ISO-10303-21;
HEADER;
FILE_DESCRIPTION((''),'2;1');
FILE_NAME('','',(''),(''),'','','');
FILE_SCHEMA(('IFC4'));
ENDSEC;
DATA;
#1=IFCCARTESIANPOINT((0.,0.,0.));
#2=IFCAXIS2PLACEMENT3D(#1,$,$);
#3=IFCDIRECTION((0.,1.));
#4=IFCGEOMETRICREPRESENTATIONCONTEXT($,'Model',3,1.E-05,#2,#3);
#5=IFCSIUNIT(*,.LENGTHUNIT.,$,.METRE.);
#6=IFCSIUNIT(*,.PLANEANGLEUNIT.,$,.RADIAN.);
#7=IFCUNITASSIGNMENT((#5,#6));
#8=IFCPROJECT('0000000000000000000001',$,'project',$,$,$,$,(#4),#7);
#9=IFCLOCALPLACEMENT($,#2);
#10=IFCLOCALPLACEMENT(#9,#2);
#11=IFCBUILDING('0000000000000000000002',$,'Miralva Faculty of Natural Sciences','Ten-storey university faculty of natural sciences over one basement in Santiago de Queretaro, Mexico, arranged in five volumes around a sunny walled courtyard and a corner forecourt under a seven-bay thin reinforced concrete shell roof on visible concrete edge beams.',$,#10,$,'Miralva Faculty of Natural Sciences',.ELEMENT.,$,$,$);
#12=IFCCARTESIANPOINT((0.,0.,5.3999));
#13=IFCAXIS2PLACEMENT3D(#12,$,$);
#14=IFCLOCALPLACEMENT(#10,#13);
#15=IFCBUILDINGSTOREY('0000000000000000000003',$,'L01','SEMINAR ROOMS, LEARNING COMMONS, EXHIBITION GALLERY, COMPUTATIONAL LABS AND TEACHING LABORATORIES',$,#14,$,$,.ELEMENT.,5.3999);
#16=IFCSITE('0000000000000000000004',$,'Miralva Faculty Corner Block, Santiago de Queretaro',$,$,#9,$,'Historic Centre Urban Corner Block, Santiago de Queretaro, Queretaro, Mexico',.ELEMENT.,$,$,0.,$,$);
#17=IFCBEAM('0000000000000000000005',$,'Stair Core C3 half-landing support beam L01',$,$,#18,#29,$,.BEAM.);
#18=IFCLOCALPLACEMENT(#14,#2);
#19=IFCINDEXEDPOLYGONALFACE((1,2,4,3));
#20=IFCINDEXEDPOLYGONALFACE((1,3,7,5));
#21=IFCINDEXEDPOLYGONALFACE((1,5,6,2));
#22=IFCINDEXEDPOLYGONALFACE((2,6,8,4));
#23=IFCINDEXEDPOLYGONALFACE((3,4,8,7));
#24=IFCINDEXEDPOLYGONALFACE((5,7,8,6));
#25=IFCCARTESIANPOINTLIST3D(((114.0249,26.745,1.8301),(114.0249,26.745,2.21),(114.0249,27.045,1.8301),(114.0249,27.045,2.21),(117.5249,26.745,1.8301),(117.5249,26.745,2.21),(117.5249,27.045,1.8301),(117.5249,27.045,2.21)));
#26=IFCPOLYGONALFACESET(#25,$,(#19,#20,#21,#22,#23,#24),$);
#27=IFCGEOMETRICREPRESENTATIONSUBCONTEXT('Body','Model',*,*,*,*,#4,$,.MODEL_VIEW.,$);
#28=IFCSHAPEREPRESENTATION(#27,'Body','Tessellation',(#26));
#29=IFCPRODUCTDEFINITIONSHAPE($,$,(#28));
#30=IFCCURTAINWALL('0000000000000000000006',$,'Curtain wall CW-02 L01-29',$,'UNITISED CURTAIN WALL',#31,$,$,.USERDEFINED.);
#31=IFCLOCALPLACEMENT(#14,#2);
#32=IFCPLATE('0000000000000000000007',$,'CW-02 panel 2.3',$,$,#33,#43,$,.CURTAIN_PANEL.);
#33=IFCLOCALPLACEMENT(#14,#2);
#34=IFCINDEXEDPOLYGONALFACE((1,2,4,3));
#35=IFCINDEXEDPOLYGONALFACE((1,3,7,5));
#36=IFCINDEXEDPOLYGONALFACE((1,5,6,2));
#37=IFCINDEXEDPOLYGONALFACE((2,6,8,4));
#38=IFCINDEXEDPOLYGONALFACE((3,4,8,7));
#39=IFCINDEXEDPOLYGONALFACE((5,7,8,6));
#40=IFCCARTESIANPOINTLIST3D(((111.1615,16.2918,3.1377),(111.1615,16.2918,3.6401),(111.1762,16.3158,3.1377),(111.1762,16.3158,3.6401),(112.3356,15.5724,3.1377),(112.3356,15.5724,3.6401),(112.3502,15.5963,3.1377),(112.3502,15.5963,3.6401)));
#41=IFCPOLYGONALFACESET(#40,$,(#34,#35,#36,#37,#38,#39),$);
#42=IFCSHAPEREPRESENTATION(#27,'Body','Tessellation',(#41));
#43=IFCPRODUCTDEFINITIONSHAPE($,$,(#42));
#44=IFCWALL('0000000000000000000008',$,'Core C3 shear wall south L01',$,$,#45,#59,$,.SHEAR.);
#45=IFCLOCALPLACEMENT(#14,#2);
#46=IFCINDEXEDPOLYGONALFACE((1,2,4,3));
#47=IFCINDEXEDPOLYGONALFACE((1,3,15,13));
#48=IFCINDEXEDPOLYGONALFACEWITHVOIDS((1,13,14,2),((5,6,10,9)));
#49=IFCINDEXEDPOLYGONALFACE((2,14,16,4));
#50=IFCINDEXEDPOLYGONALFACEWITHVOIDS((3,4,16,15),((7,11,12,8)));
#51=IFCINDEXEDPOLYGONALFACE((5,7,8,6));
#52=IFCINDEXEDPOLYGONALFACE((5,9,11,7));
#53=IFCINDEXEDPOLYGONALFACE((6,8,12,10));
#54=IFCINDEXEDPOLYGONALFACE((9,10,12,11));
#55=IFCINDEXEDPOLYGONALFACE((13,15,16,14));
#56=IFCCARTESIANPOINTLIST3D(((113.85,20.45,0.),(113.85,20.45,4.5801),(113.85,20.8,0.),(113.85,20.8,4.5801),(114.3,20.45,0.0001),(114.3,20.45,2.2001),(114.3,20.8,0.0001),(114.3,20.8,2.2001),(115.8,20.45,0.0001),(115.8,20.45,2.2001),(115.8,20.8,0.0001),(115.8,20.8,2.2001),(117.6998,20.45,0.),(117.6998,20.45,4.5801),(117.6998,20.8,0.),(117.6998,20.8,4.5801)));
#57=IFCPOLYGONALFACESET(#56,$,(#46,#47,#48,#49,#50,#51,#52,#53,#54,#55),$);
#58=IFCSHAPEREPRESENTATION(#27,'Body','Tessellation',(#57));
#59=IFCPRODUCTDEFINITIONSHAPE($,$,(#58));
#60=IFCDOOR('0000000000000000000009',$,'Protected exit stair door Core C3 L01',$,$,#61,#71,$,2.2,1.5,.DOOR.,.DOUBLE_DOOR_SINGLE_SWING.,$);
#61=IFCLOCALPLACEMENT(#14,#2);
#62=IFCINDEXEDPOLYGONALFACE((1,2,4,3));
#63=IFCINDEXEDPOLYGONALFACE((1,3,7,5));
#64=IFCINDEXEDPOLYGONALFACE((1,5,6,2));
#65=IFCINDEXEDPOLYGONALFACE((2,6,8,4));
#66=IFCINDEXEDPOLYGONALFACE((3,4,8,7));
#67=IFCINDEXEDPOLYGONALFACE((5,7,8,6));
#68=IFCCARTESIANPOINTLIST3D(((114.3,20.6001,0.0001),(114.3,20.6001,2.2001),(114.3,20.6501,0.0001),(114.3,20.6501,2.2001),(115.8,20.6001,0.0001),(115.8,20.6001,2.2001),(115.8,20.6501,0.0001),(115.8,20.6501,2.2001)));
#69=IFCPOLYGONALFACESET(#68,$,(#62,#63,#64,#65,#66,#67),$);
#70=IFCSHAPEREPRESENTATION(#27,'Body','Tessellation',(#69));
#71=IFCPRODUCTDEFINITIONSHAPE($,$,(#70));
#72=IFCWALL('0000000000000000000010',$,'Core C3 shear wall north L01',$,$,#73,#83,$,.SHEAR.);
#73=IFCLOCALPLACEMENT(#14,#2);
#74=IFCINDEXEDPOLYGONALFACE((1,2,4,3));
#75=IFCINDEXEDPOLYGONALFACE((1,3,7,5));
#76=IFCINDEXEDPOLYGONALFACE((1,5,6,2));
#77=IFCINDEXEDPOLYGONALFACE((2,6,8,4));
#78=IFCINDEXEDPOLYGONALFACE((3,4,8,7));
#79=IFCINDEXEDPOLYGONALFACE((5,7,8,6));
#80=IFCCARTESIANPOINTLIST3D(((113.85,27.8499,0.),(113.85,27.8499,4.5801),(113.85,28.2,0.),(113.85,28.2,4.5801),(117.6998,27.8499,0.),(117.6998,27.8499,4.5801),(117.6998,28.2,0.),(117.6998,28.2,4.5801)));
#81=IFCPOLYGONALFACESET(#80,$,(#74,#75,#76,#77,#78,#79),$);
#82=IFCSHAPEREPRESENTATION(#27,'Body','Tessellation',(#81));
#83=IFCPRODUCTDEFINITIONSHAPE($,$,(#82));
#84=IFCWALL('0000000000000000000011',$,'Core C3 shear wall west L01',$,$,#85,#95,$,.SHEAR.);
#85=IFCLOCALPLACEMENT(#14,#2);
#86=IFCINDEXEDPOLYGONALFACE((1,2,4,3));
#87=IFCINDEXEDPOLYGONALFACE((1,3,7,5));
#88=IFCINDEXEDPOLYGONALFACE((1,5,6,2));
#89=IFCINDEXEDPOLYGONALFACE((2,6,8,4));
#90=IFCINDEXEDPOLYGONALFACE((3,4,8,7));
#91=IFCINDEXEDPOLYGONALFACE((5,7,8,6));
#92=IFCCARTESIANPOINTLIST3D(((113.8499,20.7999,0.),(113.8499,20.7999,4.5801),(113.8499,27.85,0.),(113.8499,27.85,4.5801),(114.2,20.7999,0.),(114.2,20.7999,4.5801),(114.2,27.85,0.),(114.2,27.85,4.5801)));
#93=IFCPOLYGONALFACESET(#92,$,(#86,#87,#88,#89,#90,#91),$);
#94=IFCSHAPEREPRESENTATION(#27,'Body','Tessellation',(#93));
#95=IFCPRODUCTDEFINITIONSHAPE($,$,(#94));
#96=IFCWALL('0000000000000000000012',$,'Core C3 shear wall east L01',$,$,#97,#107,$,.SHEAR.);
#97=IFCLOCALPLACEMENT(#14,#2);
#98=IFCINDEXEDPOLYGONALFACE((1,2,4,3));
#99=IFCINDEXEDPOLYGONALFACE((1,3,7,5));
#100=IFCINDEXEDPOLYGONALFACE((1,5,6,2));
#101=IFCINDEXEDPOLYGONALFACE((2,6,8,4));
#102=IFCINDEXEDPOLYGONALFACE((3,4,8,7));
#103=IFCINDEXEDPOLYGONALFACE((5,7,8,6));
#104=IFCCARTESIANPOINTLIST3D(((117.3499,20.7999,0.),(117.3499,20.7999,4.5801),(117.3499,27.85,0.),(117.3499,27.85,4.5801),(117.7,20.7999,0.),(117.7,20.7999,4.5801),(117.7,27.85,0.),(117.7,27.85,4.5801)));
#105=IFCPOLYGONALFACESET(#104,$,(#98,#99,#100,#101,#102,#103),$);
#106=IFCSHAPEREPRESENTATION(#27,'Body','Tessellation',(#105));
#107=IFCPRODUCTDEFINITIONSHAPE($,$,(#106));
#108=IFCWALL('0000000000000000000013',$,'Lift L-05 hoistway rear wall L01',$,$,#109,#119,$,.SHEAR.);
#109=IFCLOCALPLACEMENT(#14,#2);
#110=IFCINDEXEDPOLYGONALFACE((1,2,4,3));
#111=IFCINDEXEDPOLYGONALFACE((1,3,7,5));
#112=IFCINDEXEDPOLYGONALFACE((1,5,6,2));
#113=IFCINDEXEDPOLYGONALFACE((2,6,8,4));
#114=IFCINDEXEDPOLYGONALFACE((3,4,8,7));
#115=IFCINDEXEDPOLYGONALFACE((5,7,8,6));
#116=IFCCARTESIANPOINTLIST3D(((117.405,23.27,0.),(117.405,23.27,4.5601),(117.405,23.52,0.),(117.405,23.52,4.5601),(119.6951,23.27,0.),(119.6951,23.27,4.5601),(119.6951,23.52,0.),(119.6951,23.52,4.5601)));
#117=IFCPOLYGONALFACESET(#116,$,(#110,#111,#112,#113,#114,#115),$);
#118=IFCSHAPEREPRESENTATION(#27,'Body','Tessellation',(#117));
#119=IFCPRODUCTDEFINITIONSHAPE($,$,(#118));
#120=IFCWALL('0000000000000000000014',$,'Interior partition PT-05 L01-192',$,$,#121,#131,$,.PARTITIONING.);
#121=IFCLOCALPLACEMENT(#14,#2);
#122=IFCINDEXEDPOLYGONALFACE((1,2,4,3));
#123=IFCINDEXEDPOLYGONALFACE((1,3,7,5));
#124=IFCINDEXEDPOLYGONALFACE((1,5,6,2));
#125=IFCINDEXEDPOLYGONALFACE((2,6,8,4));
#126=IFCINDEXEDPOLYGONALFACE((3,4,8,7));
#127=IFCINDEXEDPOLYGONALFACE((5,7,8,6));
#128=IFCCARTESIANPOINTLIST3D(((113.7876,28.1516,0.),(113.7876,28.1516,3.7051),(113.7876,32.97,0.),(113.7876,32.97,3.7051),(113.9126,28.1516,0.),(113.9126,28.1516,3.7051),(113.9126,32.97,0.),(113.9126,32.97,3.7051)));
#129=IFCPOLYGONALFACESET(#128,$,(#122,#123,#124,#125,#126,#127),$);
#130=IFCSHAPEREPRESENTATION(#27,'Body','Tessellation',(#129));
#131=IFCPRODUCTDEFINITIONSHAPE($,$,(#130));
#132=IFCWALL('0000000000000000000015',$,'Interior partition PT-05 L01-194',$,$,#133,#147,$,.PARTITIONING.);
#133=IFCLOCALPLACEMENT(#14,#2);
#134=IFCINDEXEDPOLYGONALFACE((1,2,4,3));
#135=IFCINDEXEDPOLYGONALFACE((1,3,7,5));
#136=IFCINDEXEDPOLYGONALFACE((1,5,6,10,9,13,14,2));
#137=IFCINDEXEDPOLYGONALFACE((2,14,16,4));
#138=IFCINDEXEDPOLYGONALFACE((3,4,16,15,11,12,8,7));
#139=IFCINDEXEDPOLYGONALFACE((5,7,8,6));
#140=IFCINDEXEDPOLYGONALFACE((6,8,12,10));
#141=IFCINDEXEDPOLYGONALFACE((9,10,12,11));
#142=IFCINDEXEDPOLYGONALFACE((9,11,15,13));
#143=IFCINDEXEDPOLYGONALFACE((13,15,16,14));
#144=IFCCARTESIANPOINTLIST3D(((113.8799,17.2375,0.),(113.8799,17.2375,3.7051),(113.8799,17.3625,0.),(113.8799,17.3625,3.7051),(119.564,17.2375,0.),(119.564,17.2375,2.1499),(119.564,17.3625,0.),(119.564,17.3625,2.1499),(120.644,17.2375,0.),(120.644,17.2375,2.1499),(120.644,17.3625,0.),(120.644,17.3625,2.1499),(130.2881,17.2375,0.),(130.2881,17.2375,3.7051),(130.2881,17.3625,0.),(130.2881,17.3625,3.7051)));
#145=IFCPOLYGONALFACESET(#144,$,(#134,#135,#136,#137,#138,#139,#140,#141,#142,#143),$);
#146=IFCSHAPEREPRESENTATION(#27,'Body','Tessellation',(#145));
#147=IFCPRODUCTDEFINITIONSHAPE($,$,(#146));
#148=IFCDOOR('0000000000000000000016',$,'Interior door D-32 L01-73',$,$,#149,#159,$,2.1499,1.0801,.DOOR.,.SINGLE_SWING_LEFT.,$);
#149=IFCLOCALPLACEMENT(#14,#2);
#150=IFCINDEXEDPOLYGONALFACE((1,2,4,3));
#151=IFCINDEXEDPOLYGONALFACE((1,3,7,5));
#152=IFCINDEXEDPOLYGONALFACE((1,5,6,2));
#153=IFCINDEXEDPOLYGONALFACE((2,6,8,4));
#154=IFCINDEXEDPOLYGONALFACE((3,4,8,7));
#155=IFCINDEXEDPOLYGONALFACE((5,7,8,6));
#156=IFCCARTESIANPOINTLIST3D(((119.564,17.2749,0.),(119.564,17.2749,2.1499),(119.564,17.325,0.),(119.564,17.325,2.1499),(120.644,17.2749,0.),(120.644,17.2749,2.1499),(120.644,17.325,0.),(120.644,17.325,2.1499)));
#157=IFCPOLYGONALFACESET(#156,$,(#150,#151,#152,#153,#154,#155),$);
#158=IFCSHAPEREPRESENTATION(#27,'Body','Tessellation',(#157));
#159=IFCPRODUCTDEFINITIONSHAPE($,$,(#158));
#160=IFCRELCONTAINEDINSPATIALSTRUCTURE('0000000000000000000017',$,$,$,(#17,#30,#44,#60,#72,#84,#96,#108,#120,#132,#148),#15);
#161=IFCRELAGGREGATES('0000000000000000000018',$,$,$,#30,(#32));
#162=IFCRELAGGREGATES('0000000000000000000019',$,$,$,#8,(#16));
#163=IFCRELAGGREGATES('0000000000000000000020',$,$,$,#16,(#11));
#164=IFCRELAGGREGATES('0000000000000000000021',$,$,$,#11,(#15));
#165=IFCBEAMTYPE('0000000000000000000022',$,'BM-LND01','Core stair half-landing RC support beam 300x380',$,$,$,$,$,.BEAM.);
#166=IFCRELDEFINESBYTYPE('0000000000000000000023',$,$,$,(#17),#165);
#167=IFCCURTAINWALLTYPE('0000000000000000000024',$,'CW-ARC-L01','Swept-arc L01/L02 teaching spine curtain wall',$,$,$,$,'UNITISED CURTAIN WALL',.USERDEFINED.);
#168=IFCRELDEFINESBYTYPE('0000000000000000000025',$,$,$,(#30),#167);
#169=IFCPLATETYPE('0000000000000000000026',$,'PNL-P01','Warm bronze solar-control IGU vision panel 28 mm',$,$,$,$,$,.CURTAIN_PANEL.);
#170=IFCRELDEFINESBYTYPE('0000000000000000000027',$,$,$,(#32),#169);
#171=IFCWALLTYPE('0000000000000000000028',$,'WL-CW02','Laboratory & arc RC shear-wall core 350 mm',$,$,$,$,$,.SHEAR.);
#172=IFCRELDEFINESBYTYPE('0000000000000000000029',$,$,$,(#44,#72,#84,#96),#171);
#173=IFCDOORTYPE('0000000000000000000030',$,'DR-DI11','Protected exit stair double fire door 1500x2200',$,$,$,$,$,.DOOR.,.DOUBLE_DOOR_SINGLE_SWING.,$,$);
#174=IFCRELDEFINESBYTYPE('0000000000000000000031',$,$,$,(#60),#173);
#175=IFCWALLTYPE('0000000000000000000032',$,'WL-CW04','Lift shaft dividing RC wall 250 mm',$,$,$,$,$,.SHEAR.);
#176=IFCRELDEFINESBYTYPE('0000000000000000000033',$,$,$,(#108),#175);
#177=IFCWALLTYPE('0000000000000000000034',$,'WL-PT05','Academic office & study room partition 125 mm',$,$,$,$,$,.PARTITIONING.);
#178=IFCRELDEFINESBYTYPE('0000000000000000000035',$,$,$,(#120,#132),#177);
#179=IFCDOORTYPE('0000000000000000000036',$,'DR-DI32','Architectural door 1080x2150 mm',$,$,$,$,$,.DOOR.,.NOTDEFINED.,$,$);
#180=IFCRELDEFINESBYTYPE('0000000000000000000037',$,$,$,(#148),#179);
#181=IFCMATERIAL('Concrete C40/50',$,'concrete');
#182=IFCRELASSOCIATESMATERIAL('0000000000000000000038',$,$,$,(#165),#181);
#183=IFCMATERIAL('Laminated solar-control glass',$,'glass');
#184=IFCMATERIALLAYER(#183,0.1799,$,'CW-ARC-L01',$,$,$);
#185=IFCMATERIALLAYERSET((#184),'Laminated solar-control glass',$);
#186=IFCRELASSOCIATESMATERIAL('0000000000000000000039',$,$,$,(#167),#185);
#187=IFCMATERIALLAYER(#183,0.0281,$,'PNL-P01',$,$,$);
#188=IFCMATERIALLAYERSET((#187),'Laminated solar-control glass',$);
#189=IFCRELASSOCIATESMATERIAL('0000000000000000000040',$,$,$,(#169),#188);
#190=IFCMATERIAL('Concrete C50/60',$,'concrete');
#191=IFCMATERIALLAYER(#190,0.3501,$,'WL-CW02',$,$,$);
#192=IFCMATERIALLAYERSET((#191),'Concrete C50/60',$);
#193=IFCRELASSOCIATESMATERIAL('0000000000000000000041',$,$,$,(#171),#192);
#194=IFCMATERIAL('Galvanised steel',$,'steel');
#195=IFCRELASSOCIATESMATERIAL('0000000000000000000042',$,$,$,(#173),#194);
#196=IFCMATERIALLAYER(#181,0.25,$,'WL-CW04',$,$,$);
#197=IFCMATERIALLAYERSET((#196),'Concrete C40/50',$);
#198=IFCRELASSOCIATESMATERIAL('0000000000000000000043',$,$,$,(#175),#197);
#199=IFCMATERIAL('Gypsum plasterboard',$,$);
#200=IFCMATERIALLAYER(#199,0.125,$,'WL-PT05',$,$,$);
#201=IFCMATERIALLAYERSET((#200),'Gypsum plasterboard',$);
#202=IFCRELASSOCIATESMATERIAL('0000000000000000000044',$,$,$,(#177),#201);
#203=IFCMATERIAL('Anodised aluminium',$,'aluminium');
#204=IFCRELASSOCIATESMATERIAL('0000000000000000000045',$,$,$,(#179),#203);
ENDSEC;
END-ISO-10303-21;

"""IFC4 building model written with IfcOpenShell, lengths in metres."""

from ifc_helpers import new_model, si_unit, direction, frame, frame_2d, origin, origin_2d, place, context, subcontext, project, spatial, rectangle, extrude, material, layer, layer_set, material_profile, profile_set, type_object, element, fill, aggregate, save


model = new_model("IFC4")

# Units and contexts
model_context = context("Model", 3, precision=1e-05, world=origin(), true_north=direction((0.0, 1.0)))
body_context = subcontext(model_context, "Body", "Model", "MODEL_VIEW")
ifc_project = project(units=[si_unit("LENGTHUNIT", "METRE"), si_unit("PLANEANGLEUNIT", "RADIAN")], contexts=[model_context])

# Site, building, storey
site_placement = place(None, origin())
site = spatial("IfcSite", under=ifc_project, at=site_placement, Name="Miralva Faculty Corner Block, Santiago de Queretaro", LongName="Historic Centre Urban Corner Block, Santiago de Queretaro, Queretaro, Mexico", CompositionType="ELEMENT", RefElevation=0.0)
building_placement = place(site_placement, origin())
building = spatial("IfcBuilding", under=site, at=building_placement, Name="Miralva Faculty of Natural Sciences", Description="Ten-storey university faculty of natural sciences over one basement in Santiago de Queretaro, Mexico, arranged in five volumes around a sunny walled courtyard and a corner forecourt under a seven-bay thin reinforced concrete shell roof on visible concrete edge beams.", LongName="Miralva Faculty of Natural Sciences", CompositionType="ELEMENT")
storey_placement = place(building_placement, frame((0.0, 0.0, 5.3999)))
storey = spatial("IfcBuildingStorey", under=building, at=storey_placement, Name="L01", Description="SEMINAR ROOMS, LEARNING COMMONS, EXHIBITION GALLERY, COMPUTATIONAL LABS AND TEACHING LABORATORIES", CompositionType="ELEMENT", Elevation=5.3999)

# Beam
ifc_material_1 = material(Name="Concrete C40/50", Category="concrete")
ifc_material_profile = material_profile(ifc_material_1, rectangle(XDim=0.3, YDim=0.3799, at=origin_2d()), Name="RC 300x380")
ifc_profile_set = profile_set([ifc_material_profile], Name="Concrete C40/50")
beam_type = type_object("IfcBeamType", Name="BM-LND01", Description="Core stair half-landing RC support beam 300x380", PredefinedType="BEAM", material=ifc_profile_set)
beam_placement = place(storey_placement, frame((114.0249, 26.895, 2.02), z_axis=(1.0, 0.0, 0.0), x_axis=(0.0, 1.0, 0.0)))
element("IfcBeam", 1, at=beam_placement, inside=storey, type_object=beam_type, Name="Stair Core C3 half-landing support beam L01", PredefinedType="BEAM", context=body_context, shape_type="SweptSolid", body=[
    extrude(rectangle(XDim=0.3, YDim=0.3799, at=origin_2d()), origin(), (0.0, 0.0, 1.0), 3.5),
])

# Curtain wall, plate
ifc_material_2 = material(Name="Laminated solar-control glass", Category="glass")
ifc_layer_1 = layer(ifc_material_2, 0.1799, Name="CW-ARC-L01")
ifc_layer_set_1 = layer_set([ifc_layer_1], Name="Laminated solar-control glass")
curtain_wall_type = type_object("IfcCurtainWallType", Name="CW-ARC-L01", Description="Swept-arc L01/L02 teaching spine curtain wall", ElementType="UNITISED CURTAIN WALL", PredefinedType="USERDEFINED", material=ifc_layer_set_1)
curtain_wall_placement = place(storey_placement, origin())
curtain_wall = element("IfcCurtainWall", 2, at=curtain_wall_placement, inside=storey, type_object=curtain_wall_type, Name="Curtain wall CW-02 L01-29", ObjectType="UNITISED CURTAIN WALL", PredefinedType="USERDEFINED")
ifc_layer_2 = layer(ifc_material_2, 0.0281, Name="PNL-P01")
ifc_layer_set_2 = layer_set([ifc_layer_2], Name="Laminated solar-control glass")
plate_type = type_object("IfcPlateType", Name="PNL-P01", Description="Warm bronze solar-control IGU vision panel 28 mm", PredefinedType="CURTAIN_PANEL", material=ifc_layer_set_2)
plate_placement = place(storey_placement, frame((111.7559, 15.9441, 3.1377), z_axis=(0.0, 0.0, 1.0), x_axis=(0.85265, -0.522483, 0.0)))
plate = element("IfcPlate", 3, at=plate_placement, type_object=plate_type, Name="CW-02 panel 2.3", PredefinedType="CURTAIN_PANEL", context=body_context, shape_type="SweptSolid", body=[
    extrude(rectangle(XDim=1.377, YDim=0.0281, at=origin_2d()), origin(), (0.0, 0.0, 1.0), 0.5024),
])
aggregate(curtain_wall, [plate])

# Wall, opening, door
ifc_material_3 = material(Name="Concrete C50/60", Category="concrete")
ifc_layer_3 = layer(ifc_material_3, 0.3501, Name="WL-CW02")
ifc_layer_set_3 = layer_set([ifc_layer_3], Name="Concrete C50/60")
wall_type_1 = type_object("IfcWallType", Name="WL-CW02", Description="Laboratory & arc RC shear-wall core 350 mm", PredefinedType="SHEAR", material=ifc_layer_set_3)
wall_1_placement = place(storey_placement, frame((113.8501, 20.625, 0.0), z_axis=(0.0, 0.0, 1.0), x_axis=(1.0, 0.0, 0.0)))
wall_1 = element("IfcWall", 4, at=wall_1_placement, inside=storey, type_object=wall_type_1, Name="Core C3 shear wall south L01", PredefinedType="SHEAR", context=body_context, shape_type="SweptSolid", body=[
    extrude(rectangle(XDim=3.8499, YDim=0.3501, at=frame_2d((1.9248, 0.0))), origin(), (0.0, 0.0, 1.0), 4.5801),
])
opening_1_placement = place(wall_1_placement, frame((0.45, 0.0, 0.0)))
opening_1 = element("IfcOpeningElement", 5, at=opening_1_placement, cuts=wall_1, PredefinedType="OPENING", context=body_context, shape_type="SweptSolid", body=[
    extrude(rectangle(XDim=1.5, YDim=2.2, at=frame_2d((0.75, 1.1001))), frame((0.0, 0.1851, 0.0), z_axis=(0.0, -1.0, 0.0), x_axis=(1.0, 0.0, 0.0)), (0.0, 0.0, 1.0), 0.3701),
])
ifc_material_4 = material(Name="Galvanised steel", Category="steel")
door_type_1 = type_object("IfcDoorType", Name="DR-DI11", Description="Protected exit stair double fire door 1500x2200", OperationType="DOUBLE_DOOR_SINGLE_SWING", PredefinedType="DOOR", material=ifc_material_4)
door_1_placement = place(opening_1_placement, frame((1.5, 0.0, 0.0), z_axis=(0.0, 0.0, 1.0), x_axis=(-1.0, 0.0, 0.0)))
door_1 = element("IfcDoor", 6, at=door_1_placement, inside=storey, type_object=door_type_1, Name="Protected exit stair door Core C3 L01", OperationType="DOUBLE_DOOR_SINGLE_SWING", OverallHeight=2.2, OverallWidth=1.5, PredefinedType="DOOR", context=body_context, shape_type="SweptSolid", body=[
    extrude(rectangle(XDim=1.5, YDim=2.2, at=frame_2d((0.75, 1.1001))), frame((0.0, 0.0249, 0.0), z_axis=(0.0, -1.0, 0.0), x_axis=(1.0, 0.0, 0.0)), (0.0, 0.0, 1.0), 0.05),
])
fill(opening_1, door_1)

# Walls
wall_2_placement = place(storey_placement, frame((113.8501, 28.0249, 0.0), z_axis=(0.0, 0.0, 1.0), x_axis=(1.0, 0.0, 0.0)))
element("IfcWall", 7, at=wall_2_placement, inside=storey, type_object=wall_type_1, Name="Core C3 shear wall north L01", PredefinedType="SHEAR", context=body_context, shape_type="SweptSolid", body=[
    extrude(rectangle(XDim=3.8499, YDim=0.3501, at=frame_2d((1.9248, 0.0))), origin(), (0.0, 0.0, 1.0), 4.5801),
])
for number, where, z_axis, x_axis, name in (
    (8, (114.0249, 20.8, 0.0), (0.0, 0.0, 1.0), (0.0, 1.0, 0.0), "Core C3 shear wall west L01"),
    (9, (117.5249, 20.8, 0.0), (0.0, 0.0, 1.0), (0.0, 1.0, 0.0), "Core C3 shear wall east L01"),
):
    element("IfcWall", number, at=place(storey_placement, frame(where, z_axis=z_axis, x_axis=x_axis)), inside=storey, type_object=wall_type_1, Name=name, PredefinedType="SHEAR", context=body_context, shape_type="SweptSolid", body=[
        extrude(rectangle(XDim=7.05, YDim=0.3501, at=frame_2d((3.5249, 0.0))), origin(), (0.0, 0.0, 1.0), 4.5801),
    ])

# Shared definitions
ifc_layer_4 = layer(ifc_material_1, 0.25, Name="WL-CW04")
ifc_layer_set_4 = layer_set([ifc_layer_4], Name="Concrete C40/50")
wall_type_2 = type_object("IfcWallType", Name="WL-CW04", Description="Lift shaft dividing RC wall 250 mm", PredefinedType="SHEAR", material=ifc_layer_set_4)

# Walls
wall_3_placement = place(storey_placement, frame((117.405, 23.395, 0.0), z_axis=(0.0, 0.0, 1.0), x_axis=(1.0, 0.0, 0.0)))
element("IfcWall", 10, at=wall_3_placement, inside=storey, type_object=wall_type_2, Name="Lift L-05 hoistway rear wall L01", PredefinedType="SHEAR", context=body_context, shape_type="SweptSolid", body=[
    extrude(rectangle(XDim=2.29, YDim=0.25, at=frame_2d((1.145, 0.0))), origin(), (0.0, 0.0, 1.0), 4.5601),
])
ifc_material_5 = material(Name="Gypsum plasterboard")
ifc_layer_5 = layer(ifc_material_5, 0.125, Name="WL-PT05")
ifc_layer_set_5 = layer_set([ifc_layer_5], Name="Gypsum plasterboard")
wall_type_3 = type_object("IfcWallType", Name="WL-PT05", Description="Academic office & study room partition 125 mm", PredefinedType="PARTITIONING", material=ifc_layer_set_5)
wall_4_placement = place(storey_placement, frame((113.8501, 28.1516, 0.0), z_axis=(0.0, 0.0, 1.0), x_axis=(0.0, 1.0, 0.0)))
element("IfcWall", 11, at=wall_4_placement, inside=storey, type_object=wall_type_3, Name="Interior partition PT-05 L01-192", PredefinedType="PARTITIONING", context=body_context, shape_type="SweptSolid", body=[
    extrude(rectangle(XDim=4.8184, YDim=0.125, at=frame_2d((2.4092, 0.0))), origin(), (0.0, 0.0, 1.0), 3.7051),
])

# Wall, opening, door
wall_5_placement = place(storey_placement, frame((113.8799, 17.3, 0.0), z_axis=(0.0, 0.0, 1.0), x_axis=(1.0, 0.0, 0.0)))
wall_5 = element("IfcWall", 12, at=wall_5_placement, inside=storey, type_object=wall_type_3, Name="Interior partition PT-05 L01-194", PredefinedType="PARTITIONING", context=body_context, shape_type="SweptSolid", body=[
    extrude(rectangle(XDim=16.4082, YDim=0.125, at=frame_2d((8.2041, 0.0))), origin(), (0.0, 0.0, 1.0), 3.7051),
])
opening_2_placement = place(wall_5_placement, frame((5.6841, 0.0, 0.0)))
opening_2 = element("IfcOpeningElement", 13, at=opening_2_placement, cuts=wall_5, PredefinedType="OPENING", context=body_context, shape_type="SweptSolid", body=[
    extrude(rectangle(XDim=1.0801, YDim=2.1499, at=frame_2d((0.54, 1.075))), frame((0.0, 0.0725, 0.0), z_axis=(0.0, -1.0, 0.0), x_axis=(1.0, 0.0, 0.0)), (0.0, 0.0, 1.0), 0.145),
])
ifc_material_6 = material(Name="Anodised aluminium", Category="aluminium")
door_type_2 = type_object("IfcDoorType", Name="DR-DI32", Description="Architectural door 1080x2150 mm", OperationType="NOTDEFINED", PredefinedType="DOOR", material=ifc_material_6)
door_2_placement = place(opening_2_placement, origin())
door_2 = element("IfcDoor", 14, at=door_2_placement, inside=storey, type_object=door_type_2, Name="Interior door D-32 L01-73", OperationType="SINGLE_SWING_LEFT", OverallHeight=2.1499, OverallWidth=1.0801, PredefinedType="DOOR", context=body_context, shape_type="SweptSolid", body=[
    extrude(rectangle(XDim=1.0801, YDim=2.1499, at=frame_2d((0.54, 1.075))), frame((0.0, 0.0249, 0.0), z_axis=(0.0, -1.0, 0.0), x_axis=(1.0, 0.0, 0.0)), (0.0, 0.0, 1.0), 0.05),
])
fill(opening_2, door_2)

save(model, "model.ifc")
